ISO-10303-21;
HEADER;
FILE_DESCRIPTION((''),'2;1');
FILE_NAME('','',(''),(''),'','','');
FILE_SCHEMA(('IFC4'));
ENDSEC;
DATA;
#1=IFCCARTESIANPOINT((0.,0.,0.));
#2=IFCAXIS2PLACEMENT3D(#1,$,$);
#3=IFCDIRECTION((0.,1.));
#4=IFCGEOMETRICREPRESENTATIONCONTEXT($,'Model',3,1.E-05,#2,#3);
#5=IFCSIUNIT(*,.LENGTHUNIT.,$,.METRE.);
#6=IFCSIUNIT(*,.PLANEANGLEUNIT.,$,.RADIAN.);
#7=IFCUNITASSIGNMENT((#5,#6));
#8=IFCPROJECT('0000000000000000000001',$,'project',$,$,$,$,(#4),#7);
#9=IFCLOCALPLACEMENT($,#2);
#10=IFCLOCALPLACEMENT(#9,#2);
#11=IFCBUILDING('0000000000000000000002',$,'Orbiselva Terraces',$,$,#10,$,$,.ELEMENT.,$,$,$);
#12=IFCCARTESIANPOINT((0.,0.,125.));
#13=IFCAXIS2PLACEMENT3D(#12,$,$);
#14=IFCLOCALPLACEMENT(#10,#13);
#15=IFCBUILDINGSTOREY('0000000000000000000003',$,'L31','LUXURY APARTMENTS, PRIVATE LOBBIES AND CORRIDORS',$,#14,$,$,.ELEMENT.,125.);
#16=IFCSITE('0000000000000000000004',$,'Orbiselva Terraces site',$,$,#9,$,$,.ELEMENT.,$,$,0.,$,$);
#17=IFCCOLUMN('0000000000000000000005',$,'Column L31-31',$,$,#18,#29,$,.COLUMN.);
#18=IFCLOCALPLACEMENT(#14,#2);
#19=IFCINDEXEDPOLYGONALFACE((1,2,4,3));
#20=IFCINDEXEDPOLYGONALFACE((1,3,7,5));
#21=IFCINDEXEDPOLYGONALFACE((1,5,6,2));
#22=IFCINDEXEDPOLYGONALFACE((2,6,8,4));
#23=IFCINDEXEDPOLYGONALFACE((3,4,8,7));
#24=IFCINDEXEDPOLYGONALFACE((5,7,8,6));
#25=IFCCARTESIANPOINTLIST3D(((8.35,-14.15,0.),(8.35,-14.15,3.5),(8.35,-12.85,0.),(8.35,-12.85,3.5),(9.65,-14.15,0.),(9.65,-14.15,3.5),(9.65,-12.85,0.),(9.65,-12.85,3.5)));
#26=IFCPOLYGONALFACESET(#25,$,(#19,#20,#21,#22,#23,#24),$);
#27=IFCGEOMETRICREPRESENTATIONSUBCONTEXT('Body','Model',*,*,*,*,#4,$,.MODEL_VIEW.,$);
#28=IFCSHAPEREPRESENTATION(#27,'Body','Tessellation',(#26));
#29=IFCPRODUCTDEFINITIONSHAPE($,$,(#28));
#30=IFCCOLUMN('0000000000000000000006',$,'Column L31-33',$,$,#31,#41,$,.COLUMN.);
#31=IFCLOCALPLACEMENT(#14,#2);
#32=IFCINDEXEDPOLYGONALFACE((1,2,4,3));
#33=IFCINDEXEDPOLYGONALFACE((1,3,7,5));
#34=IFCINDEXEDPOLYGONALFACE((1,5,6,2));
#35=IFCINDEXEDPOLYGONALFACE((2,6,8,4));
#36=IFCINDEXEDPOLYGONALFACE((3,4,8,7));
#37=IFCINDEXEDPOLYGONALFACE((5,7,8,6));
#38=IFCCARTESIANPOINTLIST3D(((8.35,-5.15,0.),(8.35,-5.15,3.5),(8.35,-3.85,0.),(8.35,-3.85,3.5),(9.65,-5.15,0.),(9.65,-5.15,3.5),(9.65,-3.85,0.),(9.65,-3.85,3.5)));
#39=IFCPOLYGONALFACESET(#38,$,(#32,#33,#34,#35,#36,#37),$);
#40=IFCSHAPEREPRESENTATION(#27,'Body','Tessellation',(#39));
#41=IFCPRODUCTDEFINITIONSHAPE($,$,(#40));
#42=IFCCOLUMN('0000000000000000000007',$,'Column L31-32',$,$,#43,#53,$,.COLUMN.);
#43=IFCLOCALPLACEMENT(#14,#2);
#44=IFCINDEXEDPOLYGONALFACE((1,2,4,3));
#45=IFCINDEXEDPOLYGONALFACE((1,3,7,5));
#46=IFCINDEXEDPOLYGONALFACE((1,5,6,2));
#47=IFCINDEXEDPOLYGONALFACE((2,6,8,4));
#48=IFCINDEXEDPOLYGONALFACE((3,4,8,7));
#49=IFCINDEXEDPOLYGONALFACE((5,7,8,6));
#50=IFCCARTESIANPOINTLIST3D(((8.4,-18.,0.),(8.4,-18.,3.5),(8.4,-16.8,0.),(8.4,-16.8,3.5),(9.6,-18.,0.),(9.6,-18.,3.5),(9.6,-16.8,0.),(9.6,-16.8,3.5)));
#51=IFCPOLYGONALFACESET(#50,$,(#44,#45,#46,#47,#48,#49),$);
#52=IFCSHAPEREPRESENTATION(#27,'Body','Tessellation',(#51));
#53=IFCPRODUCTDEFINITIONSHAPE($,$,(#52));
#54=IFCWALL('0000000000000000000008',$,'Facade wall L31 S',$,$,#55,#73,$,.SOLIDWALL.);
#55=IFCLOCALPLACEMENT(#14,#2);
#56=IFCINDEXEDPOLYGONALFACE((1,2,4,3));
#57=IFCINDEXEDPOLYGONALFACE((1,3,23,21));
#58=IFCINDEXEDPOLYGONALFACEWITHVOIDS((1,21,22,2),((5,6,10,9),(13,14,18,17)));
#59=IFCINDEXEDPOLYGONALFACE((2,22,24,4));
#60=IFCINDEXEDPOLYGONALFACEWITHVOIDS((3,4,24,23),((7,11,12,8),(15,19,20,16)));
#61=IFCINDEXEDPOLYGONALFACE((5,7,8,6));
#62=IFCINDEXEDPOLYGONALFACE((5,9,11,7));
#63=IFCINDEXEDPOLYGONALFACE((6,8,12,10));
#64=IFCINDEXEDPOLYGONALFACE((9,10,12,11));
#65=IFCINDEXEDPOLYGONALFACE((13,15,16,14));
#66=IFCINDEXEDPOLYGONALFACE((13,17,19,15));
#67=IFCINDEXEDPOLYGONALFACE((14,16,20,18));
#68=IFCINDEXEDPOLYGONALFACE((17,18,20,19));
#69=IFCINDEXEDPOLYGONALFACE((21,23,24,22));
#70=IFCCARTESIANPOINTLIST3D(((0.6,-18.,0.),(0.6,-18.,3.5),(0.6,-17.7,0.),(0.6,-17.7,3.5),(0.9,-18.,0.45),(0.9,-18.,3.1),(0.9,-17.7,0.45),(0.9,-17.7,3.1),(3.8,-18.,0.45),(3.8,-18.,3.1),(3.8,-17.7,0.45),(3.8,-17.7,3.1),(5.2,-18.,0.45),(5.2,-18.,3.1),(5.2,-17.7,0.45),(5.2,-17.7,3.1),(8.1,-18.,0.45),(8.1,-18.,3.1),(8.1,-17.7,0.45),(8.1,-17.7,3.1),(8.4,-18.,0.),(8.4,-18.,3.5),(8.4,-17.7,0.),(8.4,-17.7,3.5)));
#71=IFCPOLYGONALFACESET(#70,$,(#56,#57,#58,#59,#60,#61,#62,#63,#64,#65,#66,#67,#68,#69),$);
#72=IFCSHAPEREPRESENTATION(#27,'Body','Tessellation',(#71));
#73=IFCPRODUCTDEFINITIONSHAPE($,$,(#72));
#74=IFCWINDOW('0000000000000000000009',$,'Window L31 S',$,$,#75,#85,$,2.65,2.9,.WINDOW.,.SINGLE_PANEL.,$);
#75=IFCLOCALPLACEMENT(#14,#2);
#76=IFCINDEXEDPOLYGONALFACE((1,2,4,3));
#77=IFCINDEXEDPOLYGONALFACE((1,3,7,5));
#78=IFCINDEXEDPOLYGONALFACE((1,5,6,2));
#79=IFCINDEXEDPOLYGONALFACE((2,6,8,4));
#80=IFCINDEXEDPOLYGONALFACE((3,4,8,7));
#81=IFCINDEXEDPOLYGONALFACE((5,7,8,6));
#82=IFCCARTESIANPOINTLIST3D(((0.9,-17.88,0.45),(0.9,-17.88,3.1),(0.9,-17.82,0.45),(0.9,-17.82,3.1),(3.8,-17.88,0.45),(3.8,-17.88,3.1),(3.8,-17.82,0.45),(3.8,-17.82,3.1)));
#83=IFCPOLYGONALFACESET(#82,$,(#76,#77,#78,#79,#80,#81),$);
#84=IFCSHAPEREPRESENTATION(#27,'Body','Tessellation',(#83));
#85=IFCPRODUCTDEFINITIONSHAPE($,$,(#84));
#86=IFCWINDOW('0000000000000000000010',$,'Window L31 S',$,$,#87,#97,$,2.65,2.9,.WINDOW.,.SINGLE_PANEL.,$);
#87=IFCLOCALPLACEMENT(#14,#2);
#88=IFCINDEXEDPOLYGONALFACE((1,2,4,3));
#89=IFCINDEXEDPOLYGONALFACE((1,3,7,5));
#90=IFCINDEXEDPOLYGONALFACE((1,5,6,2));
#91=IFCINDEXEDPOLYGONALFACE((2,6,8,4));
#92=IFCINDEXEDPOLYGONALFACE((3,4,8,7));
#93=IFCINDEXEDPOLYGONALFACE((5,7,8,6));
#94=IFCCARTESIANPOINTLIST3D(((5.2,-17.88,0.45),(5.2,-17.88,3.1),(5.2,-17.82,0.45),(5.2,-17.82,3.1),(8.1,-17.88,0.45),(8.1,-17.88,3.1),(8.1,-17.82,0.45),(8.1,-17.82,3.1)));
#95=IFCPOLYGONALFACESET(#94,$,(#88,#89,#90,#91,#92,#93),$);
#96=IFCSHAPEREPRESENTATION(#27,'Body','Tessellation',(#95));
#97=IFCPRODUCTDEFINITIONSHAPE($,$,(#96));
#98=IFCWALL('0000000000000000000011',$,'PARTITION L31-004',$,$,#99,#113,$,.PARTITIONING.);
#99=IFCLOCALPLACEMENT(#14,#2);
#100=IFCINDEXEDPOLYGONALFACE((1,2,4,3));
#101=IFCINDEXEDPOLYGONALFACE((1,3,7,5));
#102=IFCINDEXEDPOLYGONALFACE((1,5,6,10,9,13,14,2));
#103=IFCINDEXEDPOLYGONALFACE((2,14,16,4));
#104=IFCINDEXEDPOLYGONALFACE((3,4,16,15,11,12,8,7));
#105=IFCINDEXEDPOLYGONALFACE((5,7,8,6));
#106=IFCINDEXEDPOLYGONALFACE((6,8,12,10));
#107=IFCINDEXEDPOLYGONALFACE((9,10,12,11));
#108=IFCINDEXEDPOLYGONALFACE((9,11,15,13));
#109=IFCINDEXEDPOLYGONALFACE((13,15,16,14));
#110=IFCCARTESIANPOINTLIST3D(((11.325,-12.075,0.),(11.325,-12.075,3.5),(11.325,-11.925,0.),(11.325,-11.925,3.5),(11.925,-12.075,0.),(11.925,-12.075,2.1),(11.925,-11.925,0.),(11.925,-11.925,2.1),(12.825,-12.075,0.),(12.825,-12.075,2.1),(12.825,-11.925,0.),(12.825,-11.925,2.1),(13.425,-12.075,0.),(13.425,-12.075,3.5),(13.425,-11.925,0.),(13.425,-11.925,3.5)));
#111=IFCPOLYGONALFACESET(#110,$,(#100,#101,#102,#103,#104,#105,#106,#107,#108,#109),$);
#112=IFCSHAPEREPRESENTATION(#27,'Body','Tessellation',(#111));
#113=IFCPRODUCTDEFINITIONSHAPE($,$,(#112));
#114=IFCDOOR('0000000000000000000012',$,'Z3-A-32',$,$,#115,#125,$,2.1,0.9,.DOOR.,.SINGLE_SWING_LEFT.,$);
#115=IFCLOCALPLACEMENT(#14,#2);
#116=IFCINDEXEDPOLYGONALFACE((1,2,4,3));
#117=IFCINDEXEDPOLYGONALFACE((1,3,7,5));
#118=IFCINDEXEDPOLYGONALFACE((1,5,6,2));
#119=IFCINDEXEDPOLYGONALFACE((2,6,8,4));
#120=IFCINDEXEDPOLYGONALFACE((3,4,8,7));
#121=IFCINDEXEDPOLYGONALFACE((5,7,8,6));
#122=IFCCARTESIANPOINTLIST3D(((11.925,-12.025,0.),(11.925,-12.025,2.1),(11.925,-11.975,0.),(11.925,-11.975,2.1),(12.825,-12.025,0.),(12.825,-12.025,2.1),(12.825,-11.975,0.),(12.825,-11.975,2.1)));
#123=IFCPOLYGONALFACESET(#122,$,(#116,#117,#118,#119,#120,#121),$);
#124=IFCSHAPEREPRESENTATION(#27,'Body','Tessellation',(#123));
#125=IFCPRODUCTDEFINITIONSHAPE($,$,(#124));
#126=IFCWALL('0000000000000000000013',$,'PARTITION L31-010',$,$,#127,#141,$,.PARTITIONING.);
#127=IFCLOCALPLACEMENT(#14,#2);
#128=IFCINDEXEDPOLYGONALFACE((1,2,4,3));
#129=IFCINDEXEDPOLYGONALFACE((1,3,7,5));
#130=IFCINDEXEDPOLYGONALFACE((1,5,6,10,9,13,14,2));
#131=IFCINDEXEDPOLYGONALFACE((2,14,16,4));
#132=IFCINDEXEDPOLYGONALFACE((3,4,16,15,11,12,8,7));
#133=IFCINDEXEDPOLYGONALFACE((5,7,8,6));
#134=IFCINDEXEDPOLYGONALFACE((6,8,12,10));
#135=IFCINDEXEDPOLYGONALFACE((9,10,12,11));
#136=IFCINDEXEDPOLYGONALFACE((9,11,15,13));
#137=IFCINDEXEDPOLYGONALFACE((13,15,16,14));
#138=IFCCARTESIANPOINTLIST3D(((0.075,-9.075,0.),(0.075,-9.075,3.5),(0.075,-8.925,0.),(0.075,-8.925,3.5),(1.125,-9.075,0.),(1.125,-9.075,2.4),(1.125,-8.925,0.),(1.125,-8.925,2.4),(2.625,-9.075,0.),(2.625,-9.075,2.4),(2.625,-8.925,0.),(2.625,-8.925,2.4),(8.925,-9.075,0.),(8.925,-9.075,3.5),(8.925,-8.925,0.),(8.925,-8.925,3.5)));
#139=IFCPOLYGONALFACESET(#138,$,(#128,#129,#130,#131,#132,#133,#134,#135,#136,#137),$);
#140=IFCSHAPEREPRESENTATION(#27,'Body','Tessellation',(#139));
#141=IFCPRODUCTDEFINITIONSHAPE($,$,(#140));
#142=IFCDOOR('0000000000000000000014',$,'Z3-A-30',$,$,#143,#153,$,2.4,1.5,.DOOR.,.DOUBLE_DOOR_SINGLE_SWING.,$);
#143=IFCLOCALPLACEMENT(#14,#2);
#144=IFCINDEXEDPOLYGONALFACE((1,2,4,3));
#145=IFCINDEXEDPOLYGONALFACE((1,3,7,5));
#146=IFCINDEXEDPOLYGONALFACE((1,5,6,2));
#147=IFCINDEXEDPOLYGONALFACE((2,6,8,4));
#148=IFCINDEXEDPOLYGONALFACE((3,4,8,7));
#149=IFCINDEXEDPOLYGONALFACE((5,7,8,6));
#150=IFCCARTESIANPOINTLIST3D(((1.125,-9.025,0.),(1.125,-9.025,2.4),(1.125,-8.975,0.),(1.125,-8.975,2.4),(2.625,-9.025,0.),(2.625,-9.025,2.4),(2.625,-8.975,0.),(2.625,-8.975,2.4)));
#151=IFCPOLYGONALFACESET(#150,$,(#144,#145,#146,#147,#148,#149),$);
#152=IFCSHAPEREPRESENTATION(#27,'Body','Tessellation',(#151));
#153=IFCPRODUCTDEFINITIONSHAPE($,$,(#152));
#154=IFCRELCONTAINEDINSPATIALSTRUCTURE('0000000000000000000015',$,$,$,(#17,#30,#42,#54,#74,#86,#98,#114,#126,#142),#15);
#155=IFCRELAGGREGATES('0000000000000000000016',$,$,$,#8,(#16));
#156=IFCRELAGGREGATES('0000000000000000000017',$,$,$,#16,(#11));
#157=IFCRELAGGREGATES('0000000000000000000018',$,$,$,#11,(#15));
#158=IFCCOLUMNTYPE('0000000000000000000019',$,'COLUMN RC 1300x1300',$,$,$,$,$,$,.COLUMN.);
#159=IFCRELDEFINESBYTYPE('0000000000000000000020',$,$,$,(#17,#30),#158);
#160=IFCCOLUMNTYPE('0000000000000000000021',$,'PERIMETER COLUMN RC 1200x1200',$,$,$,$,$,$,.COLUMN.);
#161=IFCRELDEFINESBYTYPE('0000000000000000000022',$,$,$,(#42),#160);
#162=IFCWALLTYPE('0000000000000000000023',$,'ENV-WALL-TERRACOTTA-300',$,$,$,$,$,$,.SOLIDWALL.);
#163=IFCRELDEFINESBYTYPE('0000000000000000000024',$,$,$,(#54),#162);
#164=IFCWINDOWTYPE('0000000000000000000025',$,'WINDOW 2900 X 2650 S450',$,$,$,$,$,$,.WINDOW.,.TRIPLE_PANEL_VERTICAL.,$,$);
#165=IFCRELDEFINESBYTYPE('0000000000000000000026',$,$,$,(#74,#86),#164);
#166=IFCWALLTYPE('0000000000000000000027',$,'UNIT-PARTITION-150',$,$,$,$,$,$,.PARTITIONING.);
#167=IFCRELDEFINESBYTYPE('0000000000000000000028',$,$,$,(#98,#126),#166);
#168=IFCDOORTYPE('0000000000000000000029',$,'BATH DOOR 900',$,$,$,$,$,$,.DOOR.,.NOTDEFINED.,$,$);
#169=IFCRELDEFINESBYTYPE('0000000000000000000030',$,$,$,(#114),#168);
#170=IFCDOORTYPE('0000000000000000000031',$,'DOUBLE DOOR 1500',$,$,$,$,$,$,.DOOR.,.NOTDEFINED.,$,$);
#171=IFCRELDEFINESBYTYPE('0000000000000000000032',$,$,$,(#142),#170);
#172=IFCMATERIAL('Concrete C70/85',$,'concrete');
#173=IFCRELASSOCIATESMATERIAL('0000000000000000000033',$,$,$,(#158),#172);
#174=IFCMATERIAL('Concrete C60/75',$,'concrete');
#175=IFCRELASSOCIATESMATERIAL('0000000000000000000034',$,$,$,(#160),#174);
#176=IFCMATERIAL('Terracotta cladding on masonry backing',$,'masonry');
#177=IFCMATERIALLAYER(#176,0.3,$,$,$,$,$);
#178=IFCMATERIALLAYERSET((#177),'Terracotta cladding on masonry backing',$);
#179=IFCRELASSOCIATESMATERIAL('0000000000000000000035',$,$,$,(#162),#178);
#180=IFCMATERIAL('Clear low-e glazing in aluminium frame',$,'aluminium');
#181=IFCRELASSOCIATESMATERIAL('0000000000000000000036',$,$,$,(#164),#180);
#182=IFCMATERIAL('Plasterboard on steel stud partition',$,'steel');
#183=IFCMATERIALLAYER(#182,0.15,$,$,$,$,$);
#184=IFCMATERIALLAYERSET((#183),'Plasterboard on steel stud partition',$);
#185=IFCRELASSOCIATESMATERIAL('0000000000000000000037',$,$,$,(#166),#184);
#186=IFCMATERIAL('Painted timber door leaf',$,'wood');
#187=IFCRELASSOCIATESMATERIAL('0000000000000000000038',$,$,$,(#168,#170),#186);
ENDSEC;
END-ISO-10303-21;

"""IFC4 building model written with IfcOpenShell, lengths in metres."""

from ifc_helpers import new_model, si_unit, direction, frame, frame_2d, origin, origin_2d, place, context, subcontext, project, spatial, rectangle, extrude, material, layer, layer_set, material_profile, profile_set, type_object, element, fill, save


model = new_model("IFC4")

# Units and contexts
model_context = context("Model", 3, precision=1e-05, world=origin(), true_north=direction((0.0, 1.0)))
body_context = subcontext(model_context, "Body", "Model", "MODEL_VIEW")
ifc_project = project(units=[si_unit("LENGTHUNIT", "METRE"), si_unit("PLANEANGLEUNIT", "RADIAN")], contexts=[model_context])

# Site, building, storey
site_placement = place(None, origin())
site = spatial("IfcSite", under=ifc_project, at=site_placement, Name="Orbiselva Terraces site", CompositionType="ELEMENT", RefElevation=0.0)
building_placement = place(site_placement, origin())
building = spatial("IfcBuilding", under=site, at=building_placement, Name="Orbiselva Terraces", CompositionType="ELEMENT")
storey_placement = place(building_placement, frame((0.0, 0.0, 125.0)))
storey = spatial("IfcBuildingStorey", under=building, at=storey_placement, Name="L31", Description="LUXURY APARTMENTS, PRIVATE LOBBIES AND CORRIDORS", CompositionType="ELEMENT", Elevation=125.0)

# Columns
ifc_material_1 = material(Name="Concrete C70/85", Category="concrete")
ifc_material_profile_1 = material_profile(ifc_material_1, rectangle(XDim=1.3, YDim=1.3, at=origin_2d()), Name="RC 1300x1300")
ifc_profile_set_1 = profile_set([ifc_material_profile_1], Name="Concrete C70/85")
column_type_1 = type_object("IfcColumnType", Name="COLUMN RC 1300x1300", PredefinedType="COLUMN", material=ifc_profile_set_1)
for number, where, z_axis, x_axis, name in (
    (1, (9.0, -13.5, 0.0), (0.0, 0.0, 1.0), (1.0, 0.0, 0.0), "Column L31-31"),
    (2, (9.0, -4.5, 0.0), (0.0, 0.0, 1.0), (1.0, 0.0, 0.0), "Column L31-33"),
):
    element("IfcColumn", number, at=place(storey_placement, frame(where, z_axis=z_axis, x_axis=x_axis)), inside=storey, type_object=column_type_1, Name=name, PredefinedType="COLUMN", context=body_context, shape_type="SweptSolid", body=[
        extrude(rectangle(XDim=1.3, YDim=1.3, at=origin_2d()), origin(), (0.0, 0.0, 1.0), 3.5),
    ])
ifc_material_2 = material(Name="Concrete C60/75", Category="concrete")
ifc_material_profile_2 = material_profile(ifc_material_2, rectangle(XDim=1.2, YDim=1.2, at=origin_2d()), Name="RC 1200x1200")
ifc_profile_set_2 = profile_set([ifc_material_profile_2], Name="Concrete C60/75")
column_type_2 = type_object("IfcColumnType", Name="PERIMETER COLUMN RC 1200x1200", PredefinedType="COLUMN", material=ifc_profile_set_2)
column_placement = place(storey_placement, frame((9.0, -17.4, 0.0), z_axis=(0.0, 0.0, 1.0), x_axis=(1.0, 0.0, 0.0)))
element("IfcColumn", 3, at=column_placement, inside=storey, type_object=column_type_2, Name="Column L31-32", PredefinedType="COLUMN", context=body_context, shape_type="SweptSolid", body=[
    extrude(rectangle(XDim=1.2, YDim=1.2, at=origin_2d()), origin(), (0.0, 0.0, 1.0), 3.5),
])

# Wall, openings, windows
ifc_material_3 = material(Name="Terracotta cladding on masonry backing", Category="masonry")
ifc_layer_1 = layer(ifc_material_3, 0.3)
ifc_layer_set_1 = layer_set([ifc_layer_1], Name="Terracotta cladding on masonry backing")
wall_type_1 = type_object("IfcWallType", Name="ENV-WALL-TERRACOTTA-300", PredefinedType="SOLIDWALL", material=ifc_layer_set_1)
wall_1_placement = place(storey_placement, frame((8.4, -17.85, 0.0), z_axis=(0.0, 0.0, 1.0), x_axis=(-1.0, 0.0, 0.0)))
wall_1 = element("IfcWall", 4, at=wall_1_placement, inside=storey, type_object=wall_type_1, Name="Facade wall L31 S", PredefinedType="SOLIDWALL", context=body_context, shape_type="SweptSolid", body=[
    extrude(rectangle(XDim=7.8, YDim=0.3, at=frame_2d((3.9, 0.0))), origin(), (0.0, 0.0, 1.0), 3.5),
])
opening_1_placement = place(wall_1_placement, frame((4.6, 0.0, 0.45)))
opening_1 = element("IfcOpeningElement", 5, at=opening_1_placement, cuts=wall_1, PredefinedType="OPENING", context=body_context, shape_type="SweptSolid", body=[
    extrude(rectangle(XDim=2.9, YDim=2.65, at=frame_2d((1.45, 1.325))), frame((0.0, 0.16, 0.0), z_axis=(0.0, -1.0, 0.0), x_axis=(1.0, 0.0, 0.0)), (0.0, 0.0, 1.0), 0.32),
])
opening_2_placement = place(wall_1_placement, frame((0.3, 0.0, 0.45)))
opening_2 = element("IfcOpeningElement", 6, at=opening_2_placement, cuts=wall_1, PredefinedType="OPENING", context=body_context, shape_type="SweptSolid", body=[
    extrude(rectangle(XDim=2.9, YDim=2.65, at=frame_2d((1.45, 1.325))), frame((0.0, 0.16, 0.0), z_axis=(0.0, -1.0, 0.0), x_axis=(1.0, 0.0, 0.0)), (0.0, 0.0, 1.0), 0.32),
])
ifc_material_4 = material(Name="Clear low-e glazing in aluminium frame", Category="aluminium")
window_type = type_object("IfcWindowType", Name="WINDOW 2900 X 2650 S450", PartitioningType="TRIPLE_PANEL_VERTICAL", PredefinedType="WINDOW", material=ifc_material_4)
window_1_placement = place(opening_1_placement, origin())
window_1 = element("IfcWindow", 7, at=window_1_placement, inside=storey, type_object=window_type, Name="Window L31 S", OverallHeight=2.65, OverallWidth=2.9, PartitioningType="SINGLE_PANEL", PredefinedType="WINDOW", context=body_context, shape_type="SweptSolid", body=[
    extrude(rectangle(XDim=2.9, YDim=2.65, at=frame_2d((1.45, 1.325))), frame((0.0, 0.03, 0.0), z_axis=(0.0, -1.0, 0.0), x_axis=(1.0, 0.0, 0.0)), (0.0, 0.0, 1.0), 0.06),
])
fill(opening_1, window_1)
window_2_placement = place(opening_2_placement, origin())
window_2 = element("IfcWindow", 8, at=window_2_placement, inside=storey, type_object=window_type, Name="Window L31 S", OverallHeight=2.65, OverallWidth=2.9, PartitioningType="SINGLE_PANEL", PredefinedType="WINDOW", context=body_context, shape_type="SweptSolid", body=[
    extrude(rectangle(XDim=2.9, YDim=2.65, at=frame_2d((1.45, 1.325))), frame((0.0, 0.03, 0.0), z_axis=(0.0, -1.0, 0.0), x_axis=(1.0, 0.0, 0.0)), (0.0, 0.0, 1.0), 0.06),
])
fill(opening_2, window_2)

# Walls, openings, doors
ifc_material_5 = material(Name="Plasterboard on steel stud partition", Category="steel")
ifc_layer_2 = layer(ifc_material_5, 0.15)
ifc_layer_set_2 = layer_set([ifc_layer_2], Name="Plasterboard on steel stud partition")
wall_type_2 = type_object("IfcWallType", Name="UNIT-PARTITION-150", PredefinedType="PARTITIONING", material=ifc_layer_set_2)
wall_2_placement = place(storey_placement, frame((11.325, -12.0, 0.0), z_axis=(0.0, 0.0, 1.0), x_axis=(1.0, 0.0, 0.0)))
wall_2 = element("IfcWall", 9, at=wall_2_placement, inside=storey, type_object=wall_type_2, Name="PARTITION L31-004", PredefinedType="PARTITIONING", context=body_context, shape_type="SweptSolid", body=[
    extrude(rectangle(XDim=2.1, YDim=0.15, at=frame_2d((1.05, 0.0))), origin(), (0.0, 0.0, 1.0), 3.5),
])
opening_3_placement = place(wall_2_placement, frame((0.6, 0.0, 0.0)))
opening_3 = element("IfcOpeningElement", 10, at=opening_3_placement, cuts=wall_2, PredefinedType="OPENING", context=body_context, shape_type="SweptSolid", body=[
    extrude(rectangle(XDim=0.9, YDim=2.1, at=frame_2d((0.45, 1.05))), frame((0.0, 0.085, 0.0), z_axis=(0.0, -1.0, 0.0), x_axis=(1.0, 0.0, 0.0)), (0.0, 0.0, 1.0), 0.17),
])
ifc_material_6 = material(Name="Painted timber door leaf", Category="wood")
door_type_1 = type_object("IfcDoorType", Name="BATH DOOR 900", OperationType="NOTDEFINED", PredefinedType="DOOR", material=ifc_material_6)
door_1_placement = place(opening_3_placement, origin())
door_1 = element("IfcDoor", 11, at=door_1_placement, inside=storey, type_object=door_type_1, Name="Z3-A-32", OperationType="SINGLE_SWING_LEFT", OverallHeight=2.1, OverallWidth=0.9, PredefinedType="DOOR", context=body_context, shape_type="SweptSolid", body=[
    extrude(rectangle(XDim=0.9, YDim=2.1, at=frame_2d((0.45, 1.05))), frame((0.0, 0.025, 0.0), z_axis=(0.0, -1.0, 0.0), x_axis=(1.0, 0.0, 0.0)), (0.0, 0.0, 1.0), 0.05),
])
fill(opening_3, door_1)
wall_3_placement = place(storey_placement, frame((8.925, -9.0, 0.0), z_axis=(0.0, 0.0, 1.0), x_axis=(-1.0, 0.0, 0.0)))
wall_3 = element("IfcWall", 12, at=wall_3_placement, inside=storey, type_object=wall_type_2, Name="PARTITION L31-010", PredefinedType="PARTITIONING", context=body_context, shape_type="SweptSolid", body=[
    extrude(rectangle(XDim=8.85, YDim=0.15, at=frame_2d((4.425, 0.0))), origin(), (0.0, 0.0, 1.0), 3.5),
])
opening_4_placement = place(wall_3_placement, frame((6.3, 0.0, 0.0)))
opening_4 = element("IfcOpeningElement", 13, at=opening_4_placement, cuts=wall_3, PredefinedType="OPENING", context=body_context, shape_type="SweptSolid", body=[
    extrude(rectangle(XDim=1.5, YDim=2.4, at=frame_2d((0.75, 1.2))), frame((0.0, 0.085, 0.0), z_axis=(0.0, -1.0, 0.0), x_axis=(1.0, 0.0, 0.0)), (0.0, 0.0, 1.0), 0.17),
])
door_type_2 = type_object("IfcDoorType", Name="DOUBLE DOOR 1500", OperationType="NOTDEFINED", PredefinedType="DOOR", material=ifc_material_6)
door_2_placement = place(opening_4_placement, origin())
door_2 = element("IfcDoor", 14, at=door_2_placement, inside=storey, type_object=door_type_2, Name="Z3-A-30", OperationType="DOUBLE_DOOR_SINGLE_SWING", OverallHeight=2.4, OverallWidth=1.5, PredefinedType="DOOR", context=body_context, shape_type="SweptSolid", body=[
    extrude(rectangle(XDim=1.5, YDim=2.4, at=frame_2d((0.75, 1.2))), frame((0.0, 0.025, 0.0), z_axis=(0.0, -1.0, 0.0), x_axis=(1.0, 0.0, 0.0)), (0.0, 0.0, 1.0), 0.05),
])
fill(opening_4, door_2)

save(model, "model.ifc")
